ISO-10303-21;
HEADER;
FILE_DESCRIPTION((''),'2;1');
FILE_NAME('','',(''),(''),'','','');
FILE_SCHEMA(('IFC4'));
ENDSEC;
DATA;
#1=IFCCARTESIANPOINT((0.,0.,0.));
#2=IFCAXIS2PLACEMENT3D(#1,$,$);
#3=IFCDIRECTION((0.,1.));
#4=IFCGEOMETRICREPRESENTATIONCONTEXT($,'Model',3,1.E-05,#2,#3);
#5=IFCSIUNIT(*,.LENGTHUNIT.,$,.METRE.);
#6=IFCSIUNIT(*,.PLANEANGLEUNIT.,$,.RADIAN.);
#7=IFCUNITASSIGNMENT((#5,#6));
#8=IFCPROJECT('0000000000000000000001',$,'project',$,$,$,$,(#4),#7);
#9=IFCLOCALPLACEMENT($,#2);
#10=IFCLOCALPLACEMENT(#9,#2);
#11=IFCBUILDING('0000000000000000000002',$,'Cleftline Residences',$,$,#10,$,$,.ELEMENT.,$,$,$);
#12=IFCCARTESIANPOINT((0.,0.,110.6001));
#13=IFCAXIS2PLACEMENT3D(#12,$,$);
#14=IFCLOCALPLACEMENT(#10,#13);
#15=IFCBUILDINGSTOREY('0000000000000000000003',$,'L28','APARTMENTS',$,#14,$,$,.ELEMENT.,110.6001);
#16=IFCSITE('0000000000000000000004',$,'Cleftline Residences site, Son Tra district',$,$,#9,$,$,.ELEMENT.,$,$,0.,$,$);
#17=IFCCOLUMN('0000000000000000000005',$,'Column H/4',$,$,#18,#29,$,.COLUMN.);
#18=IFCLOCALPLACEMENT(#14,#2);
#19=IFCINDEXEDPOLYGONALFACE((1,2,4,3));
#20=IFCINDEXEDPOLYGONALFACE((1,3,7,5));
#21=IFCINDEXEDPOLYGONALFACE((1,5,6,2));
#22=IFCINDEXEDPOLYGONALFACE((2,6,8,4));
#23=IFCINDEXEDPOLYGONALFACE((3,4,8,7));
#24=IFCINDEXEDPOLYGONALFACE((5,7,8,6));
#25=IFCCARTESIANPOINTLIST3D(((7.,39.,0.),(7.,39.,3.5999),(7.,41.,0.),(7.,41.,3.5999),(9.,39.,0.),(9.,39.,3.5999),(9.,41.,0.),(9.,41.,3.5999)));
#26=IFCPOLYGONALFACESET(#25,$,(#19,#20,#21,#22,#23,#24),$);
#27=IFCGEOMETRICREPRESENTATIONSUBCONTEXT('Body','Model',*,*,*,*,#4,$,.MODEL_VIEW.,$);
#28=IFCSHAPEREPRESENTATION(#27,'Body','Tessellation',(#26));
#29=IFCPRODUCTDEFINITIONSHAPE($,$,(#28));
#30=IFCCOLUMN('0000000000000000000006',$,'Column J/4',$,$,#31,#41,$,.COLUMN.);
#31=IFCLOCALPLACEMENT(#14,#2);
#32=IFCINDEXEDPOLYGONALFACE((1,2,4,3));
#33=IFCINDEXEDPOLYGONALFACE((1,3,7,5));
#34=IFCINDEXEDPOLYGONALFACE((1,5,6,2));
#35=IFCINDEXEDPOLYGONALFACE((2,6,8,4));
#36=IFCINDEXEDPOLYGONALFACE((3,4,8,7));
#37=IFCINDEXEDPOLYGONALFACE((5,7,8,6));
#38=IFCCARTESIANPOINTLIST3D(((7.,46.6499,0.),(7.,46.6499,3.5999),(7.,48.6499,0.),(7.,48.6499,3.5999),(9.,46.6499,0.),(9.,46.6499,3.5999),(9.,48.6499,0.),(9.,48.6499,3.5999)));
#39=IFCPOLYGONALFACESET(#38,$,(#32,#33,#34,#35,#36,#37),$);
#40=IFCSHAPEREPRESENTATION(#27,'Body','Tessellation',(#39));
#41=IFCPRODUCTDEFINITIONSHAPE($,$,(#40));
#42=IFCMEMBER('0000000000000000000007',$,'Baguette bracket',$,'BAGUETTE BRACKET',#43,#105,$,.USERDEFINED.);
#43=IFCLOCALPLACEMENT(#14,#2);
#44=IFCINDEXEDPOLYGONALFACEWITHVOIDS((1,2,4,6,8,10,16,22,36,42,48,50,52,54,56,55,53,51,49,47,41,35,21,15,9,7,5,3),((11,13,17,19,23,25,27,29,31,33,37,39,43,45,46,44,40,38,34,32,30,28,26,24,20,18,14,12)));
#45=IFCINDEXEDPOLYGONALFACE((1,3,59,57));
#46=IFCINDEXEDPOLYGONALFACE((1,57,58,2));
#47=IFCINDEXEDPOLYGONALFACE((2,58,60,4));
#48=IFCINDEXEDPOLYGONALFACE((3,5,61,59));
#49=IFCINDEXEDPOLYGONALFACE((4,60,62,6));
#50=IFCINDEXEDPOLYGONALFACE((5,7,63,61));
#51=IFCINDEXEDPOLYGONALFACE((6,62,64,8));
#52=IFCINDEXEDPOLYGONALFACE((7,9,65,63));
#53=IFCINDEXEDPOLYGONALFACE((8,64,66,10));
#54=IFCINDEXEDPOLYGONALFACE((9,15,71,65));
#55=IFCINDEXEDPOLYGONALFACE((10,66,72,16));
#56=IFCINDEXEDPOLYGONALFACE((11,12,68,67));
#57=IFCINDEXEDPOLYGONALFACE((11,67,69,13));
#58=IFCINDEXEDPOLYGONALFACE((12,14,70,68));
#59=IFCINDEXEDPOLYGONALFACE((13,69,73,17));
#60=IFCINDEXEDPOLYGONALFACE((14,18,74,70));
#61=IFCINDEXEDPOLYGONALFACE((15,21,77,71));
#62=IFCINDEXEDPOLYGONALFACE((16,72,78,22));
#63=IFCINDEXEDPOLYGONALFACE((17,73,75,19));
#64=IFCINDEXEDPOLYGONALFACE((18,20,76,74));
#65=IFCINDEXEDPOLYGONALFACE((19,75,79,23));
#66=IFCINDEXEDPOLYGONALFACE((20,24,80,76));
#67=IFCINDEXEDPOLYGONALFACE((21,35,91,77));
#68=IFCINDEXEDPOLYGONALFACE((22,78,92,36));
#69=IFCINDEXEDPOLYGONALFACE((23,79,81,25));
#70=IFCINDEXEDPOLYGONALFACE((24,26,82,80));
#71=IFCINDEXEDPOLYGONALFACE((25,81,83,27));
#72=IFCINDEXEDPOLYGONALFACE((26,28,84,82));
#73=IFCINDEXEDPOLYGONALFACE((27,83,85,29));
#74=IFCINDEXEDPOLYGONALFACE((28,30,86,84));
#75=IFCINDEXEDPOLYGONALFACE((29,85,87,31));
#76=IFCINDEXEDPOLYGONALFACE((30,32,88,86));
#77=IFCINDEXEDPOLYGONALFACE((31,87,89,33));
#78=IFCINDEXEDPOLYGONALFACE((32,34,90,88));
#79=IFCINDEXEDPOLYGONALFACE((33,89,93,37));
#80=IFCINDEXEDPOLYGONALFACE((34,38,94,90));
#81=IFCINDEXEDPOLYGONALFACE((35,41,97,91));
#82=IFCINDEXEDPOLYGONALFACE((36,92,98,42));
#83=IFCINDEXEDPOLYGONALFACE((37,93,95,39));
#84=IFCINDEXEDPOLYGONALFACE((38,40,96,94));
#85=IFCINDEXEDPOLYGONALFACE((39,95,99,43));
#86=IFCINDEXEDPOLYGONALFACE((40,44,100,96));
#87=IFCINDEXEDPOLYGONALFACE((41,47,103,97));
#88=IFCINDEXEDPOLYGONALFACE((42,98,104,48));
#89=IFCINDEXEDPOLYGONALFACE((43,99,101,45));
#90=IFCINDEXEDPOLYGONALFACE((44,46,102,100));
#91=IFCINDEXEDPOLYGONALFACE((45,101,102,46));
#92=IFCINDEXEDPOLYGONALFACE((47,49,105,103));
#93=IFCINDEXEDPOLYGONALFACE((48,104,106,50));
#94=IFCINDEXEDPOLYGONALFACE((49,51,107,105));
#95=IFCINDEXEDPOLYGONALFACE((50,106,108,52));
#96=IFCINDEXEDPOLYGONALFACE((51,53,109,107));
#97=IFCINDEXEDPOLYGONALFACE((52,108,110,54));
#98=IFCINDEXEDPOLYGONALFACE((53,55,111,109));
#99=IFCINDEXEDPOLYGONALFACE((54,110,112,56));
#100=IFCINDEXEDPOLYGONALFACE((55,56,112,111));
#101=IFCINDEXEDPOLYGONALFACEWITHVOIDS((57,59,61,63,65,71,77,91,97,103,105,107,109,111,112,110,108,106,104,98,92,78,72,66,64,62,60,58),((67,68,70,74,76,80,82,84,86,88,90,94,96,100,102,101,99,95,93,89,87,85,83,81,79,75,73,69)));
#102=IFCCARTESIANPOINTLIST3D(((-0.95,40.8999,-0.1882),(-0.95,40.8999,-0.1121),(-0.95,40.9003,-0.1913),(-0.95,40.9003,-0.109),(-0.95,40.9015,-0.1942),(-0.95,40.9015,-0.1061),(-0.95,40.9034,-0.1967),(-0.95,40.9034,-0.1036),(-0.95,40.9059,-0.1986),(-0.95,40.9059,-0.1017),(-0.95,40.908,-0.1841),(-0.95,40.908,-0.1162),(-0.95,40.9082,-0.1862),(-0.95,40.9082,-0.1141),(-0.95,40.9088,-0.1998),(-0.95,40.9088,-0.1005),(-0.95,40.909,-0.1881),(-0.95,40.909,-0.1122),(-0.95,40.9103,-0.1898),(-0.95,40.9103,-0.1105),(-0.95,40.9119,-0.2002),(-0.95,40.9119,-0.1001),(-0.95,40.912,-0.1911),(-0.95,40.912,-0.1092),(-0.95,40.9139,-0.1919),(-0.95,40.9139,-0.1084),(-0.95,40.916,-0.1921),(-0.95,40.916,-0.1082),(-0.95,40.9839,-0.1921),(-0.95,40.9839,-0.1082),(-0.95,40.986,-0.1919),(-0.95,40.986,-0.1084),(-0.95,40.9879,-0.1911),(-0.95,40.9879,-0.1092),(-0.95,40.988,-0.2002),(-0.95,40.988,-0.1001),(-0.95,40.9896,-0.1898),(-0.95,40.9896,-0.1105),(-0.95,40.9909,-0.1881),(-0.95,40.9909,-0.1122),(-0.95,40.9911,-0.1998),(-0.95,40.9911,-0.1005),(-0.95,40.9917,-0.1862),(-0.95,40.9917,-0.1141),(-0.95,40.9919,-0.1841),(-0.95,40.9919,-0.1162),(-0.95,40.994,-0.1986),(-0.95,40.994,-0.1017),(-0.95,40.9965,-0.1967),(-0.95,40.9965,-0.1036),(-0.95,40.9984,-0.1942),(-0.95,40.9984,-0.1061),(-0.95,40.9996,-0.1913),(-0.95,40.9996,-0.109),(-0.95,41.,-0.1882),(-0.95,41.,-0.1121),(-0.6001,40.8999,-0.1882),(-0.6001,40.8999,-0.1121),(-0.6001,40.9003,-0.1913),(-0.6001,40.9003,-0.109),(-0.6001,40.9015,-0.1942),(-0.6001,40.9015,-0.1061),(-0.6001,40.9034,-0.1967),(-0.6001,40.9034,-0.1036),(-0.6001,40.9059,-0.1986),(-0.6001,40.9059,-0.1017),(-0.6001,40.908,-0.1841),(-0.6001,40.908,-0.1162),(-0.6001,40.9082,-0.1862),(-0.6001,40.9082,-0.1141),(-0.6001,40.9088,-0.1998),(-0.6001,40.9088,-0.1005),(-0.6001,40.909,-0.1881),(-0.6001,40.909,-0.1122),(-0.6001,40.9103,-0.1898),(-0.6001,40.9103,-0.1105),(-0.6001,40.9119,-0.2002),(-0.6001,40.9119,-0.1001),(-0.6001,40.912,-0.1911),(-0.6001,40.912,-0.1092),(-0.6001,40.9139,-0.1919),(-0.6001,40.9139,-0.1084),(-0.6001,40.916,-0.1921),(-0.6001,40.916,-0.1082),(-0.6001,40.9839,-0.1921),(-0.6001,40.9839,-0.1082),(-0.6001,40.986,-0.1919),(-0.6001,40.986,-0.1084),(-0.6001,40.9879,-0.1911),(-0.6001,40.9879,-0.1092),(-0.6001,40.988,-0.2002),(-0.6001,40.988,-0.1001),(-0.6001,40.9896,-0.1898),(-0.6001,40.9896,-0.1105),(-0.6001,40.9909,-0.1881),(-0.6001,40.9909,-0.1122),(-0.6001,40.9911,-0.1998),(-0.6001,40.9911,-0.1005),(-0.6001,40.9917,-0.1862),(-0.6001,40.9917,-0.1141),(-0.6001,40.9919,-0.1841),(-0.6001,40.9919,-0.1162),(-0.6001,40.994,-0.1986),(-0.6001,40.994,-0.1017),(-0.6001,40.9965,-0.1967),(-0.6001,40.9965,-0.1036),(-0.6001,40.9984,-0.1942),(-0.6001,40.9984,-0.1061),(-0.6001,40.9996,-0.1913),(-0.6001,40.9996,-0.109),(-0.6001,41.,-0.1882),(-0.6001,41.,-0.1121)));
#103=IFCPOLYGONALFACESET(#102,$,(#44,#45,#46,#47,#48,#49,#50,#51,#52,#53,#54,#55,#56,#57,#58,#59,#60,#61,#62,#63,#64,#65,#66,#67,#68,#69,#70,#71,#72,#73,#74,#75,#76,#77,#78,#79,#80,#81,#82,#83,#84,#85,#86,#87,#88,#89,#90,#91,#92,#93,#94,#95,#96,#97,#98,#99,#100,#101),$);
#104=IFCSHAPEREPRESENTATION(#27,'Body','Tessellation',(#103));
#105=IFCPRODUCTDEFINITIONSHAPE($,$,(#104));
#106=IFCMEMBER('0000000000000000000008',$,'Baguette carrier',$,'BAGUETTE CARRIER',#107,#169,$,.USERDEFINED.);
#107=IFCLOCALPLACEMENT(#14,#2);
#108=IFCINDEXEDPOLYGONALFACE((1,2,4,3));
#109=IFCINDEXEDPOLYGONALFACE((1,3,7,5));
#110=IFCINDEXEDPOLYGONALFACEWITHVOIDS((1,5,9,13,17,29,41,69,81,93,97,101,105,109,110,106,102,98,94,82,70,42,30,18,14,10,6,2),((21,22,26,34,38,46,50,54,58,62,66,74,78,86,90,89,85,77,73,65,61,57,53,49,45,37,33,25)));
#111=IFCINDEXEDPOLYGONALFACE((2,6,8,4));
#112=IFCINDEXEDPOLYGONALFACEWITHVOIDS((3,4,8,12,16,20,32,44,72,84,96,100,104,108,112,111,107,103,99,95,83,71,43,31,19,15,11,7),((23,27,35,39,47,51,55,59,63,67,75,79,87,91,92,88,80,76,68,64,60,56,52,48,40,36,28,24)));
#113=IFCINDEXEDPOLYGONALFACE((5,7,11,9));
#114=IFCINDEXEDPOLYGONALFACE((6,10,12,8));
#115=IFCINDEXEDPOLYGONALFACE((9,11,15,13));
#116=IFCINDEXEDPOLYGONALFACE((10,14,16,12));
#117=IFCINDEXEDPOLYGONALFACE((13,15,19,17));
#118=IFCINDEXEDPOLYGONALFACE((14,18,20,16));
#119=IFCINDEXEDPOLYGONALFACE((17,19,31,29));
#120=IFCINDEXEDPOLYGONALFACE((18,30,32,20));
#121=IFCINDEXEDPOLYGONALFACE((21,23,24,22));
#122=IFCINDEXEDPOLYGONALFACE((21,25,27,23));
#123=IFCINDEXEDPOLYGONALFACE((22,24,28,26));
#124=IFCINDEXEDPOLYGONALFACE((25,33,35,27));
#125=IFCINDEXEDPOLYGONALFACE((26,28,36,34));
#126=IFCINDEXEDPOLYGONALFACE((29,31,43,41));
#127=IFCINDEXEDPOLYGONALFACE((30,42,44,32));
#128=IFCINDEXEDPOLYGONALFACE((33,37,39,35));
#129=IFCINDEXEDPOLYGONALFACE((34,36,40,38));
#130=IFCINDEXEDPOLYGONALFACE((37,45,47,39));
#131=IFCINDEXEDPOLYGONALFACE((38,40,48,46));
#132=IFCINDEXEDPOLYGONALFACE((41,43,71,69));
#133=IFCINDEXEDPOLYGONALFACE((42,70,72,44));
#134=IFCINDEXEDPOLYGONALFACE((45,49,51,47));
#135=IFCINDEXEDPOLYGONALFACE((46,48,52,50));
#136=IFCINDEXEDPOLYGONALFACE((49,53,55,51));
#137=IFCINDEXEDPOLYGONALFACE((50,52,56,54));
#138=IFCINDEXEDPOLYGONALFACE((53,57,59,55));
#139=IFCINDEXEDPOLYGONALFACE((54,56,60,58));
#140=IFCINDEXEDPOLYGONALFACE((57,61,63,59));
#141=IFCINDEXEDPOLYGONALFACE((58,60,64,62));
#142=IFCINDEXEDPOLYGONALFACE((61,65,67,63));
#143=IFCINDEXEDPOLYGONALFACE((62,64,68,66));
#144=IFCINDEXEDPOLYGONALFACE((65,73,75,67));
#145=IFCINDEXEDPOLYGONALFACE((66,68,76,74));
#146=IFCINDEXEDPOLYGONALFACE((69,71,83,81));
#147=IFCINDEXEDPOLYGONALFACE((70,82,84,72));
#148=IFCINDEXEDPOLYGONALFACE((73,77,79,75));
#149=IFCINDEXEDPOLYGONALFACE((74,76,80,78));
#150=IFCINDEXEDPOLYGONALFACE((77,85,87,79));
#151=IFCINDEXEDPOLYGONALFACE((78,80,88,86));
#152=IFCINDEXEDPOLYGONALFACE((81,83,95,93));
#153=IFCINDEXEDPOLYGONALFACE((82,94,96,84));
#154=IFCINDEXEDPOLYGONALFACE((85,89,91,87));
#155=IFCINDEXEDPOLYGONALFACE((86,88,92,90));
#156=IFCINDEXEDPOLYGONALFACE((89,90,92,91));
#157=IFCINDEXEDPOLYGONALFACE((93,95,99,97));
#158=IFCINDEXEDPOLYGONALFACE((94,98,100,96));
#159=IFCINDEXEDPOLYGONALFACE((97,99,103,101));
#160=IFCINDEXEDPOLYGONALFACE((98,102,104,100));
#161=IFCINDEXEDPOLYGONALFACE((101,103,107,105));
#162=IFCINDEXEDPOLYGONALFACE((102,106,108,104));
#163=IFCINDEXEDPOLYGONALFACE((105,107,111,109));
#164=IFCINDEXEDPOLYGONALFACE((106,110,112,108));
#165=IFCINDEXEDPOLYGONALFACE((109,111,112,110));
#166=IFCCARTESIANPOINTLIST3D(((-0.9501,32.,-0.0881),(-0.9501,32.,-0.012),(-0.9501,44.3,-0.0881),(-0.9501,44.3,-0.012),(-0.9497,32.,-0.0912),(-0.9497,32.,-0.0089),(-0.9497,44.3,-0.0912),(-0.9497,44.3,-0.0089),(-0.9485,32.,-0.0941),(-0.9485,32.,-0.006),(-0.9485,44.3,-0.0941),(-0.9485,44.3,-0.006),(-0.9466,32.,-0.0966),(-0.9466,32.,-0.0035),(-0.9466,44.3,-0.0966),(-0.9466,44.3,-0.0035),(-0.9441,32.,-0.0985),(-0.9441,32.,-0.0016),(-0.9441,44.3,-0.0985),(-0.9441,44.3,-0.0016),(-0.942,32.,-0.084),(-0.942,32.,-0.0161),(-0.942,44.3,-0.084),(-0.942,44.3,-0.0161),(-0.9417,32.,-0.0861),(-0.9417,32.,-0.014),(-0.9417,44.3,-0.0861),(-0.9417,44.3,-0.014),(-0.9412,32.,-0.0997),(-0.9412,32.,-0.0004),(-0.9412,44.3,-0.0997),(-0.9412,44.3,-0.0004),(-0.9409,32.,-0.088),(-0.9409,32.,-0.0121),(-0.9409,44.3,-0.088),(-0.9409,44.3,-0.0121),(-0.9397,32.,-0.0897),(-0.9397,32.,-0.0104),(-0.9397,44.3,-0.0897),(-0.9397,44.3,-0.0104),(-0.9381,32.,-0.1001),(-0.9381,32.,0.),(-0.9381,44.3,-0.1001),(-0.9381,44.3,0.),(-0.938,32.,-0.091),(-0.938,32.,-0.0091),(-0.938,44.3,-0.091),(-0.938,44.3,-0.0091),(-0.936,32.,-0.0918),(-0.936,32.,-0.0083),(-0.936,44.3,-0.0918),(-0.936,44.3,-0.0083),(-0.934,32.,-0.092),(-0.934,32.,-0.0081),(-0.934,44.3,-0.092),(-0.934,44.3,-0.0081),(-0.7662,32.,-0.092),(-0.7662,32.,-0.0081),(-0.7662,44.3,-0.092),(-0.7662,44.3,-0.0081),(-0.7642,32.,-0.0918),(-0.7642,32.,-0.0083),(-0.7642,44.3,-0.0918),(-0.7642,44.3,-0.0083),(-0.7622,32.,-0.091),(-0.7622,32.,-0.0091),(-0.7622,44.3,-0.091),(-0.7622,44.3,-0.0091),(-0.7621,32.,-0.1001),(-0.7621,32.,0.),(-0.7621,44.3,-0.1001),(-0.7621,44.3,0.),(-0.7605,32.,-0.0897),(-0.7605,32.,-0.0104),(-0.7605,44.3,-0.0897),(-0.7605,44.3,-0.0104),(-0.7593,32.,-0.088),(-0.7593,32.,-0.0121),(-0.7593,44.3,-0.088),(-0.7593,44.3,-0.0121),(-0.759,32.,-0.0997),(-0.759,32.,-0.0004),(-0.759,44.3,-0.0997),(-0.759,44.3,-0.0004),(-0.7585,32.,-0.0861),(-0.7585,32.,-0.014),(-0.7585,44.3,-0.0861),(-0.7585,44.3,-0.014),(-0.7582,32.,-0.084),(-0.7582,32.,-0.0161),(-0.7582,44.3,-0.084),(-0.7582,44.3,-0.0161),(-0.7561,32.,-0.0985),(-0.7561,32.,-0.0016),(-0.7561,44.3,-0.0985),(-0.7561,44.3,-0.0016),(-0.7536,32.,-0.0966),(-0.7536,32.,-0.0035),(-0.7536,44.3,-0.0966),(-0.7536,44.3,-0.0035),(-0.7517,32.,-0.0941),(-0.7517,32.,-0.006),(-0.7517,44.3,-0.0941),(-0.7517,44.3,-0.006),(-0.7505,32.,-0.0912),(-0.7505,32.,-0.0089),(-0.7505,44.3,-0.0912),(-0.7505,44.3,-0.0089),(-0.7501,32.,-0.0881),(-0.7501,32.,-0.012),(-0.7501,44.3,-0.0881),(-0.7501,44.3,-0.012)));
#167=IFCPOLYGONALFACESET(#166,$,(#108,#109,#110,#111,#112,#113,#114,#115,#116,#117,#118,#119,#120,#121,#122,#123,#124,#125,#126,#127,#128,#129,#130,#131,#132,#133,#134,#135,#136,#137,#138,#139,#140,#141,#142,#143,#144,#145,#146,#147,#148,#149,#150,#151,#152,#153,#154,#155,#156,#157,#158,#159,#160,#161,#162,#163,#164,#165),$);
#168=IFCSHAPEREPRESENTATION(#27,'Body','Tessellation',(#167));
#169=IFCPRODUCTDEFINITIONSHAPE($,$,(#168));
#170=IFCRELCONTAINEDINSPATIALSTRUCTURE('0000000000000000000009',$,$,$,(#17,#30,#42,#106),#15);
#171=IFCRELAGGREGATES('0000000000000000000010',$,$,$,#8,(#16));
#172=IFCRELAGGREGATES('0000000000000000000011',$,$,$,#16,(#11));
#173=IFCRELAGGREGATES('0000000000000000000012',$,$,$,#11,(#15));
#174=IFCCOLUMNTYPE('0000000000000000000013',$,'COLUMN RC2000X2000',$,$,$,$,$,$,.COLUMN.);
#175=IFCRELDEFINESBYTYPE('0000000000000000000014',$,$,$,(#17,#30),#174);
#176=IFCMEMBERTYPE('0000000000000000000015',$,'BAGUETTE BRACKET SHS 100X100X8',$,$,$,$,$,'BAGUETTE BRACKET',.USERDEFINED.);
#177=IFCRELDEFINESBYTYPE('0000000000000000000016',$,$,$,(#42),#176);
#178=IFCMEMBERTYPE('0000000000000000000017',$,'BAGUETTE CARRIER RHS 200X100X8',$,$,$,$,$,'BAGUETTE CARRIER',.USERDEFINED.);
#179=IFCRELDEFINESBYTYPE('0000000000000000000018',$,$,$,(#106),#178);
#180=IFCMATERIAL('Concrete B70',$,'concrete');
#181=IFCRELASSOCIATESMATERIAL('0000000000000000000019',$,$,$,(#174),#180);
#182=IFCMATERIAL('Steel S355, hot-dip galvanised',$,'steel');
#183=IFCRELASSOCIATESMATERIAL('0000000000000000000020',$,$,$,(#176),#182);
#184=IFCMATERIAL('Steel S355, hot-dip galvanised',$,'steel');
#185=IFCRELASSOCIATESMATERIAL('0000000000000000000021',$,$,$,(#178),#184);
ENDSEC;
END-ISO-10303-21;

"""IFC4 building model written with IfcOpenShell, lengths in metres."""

from ifc_helpers import new_model, si_unit, direction, frame, origin, origin_2d, place, context, subcontext, project, spatial, rectangle, hollow_rectangle, extrude, material, material_profile, profile_set, type_object, element, save


model = new_model("IFC4")

# Units and contexts
model_context = context("Model", 3, precision=1e-05, world=origin(), true_north=direction((0.0, 1.0)))
body_context = subcontext(model_context, "Body", "Model", "MODEL_VIEW")
ifc_project = project(units=[si_unit("LENGTHUNIT", "METRE"), si_unit("PLANEANGLEUNIT", "RADIAN")], contexts=[model_context])

# Site, building, storey
site_placement = place(None, origin())
site = spatial("IfcSite", under=ifc_project, at=site_placement, Name="Cleftline Residences site, Son Tra district", CompositionType="ELEMENT", RefElevation=0.0)
building_placement = place(site_placement, origin())
building = spatial("IfcBuilding", under=site, at=building_placement, Name="Cleftline Residences", CompositionType="ELEMENT")
storey_placement = place(building_placement, frame((0.0, 0.0, 110.6001)))
storey = spatial("IfcBuildingStorey", under=building, at=storey_placement, Name="L28", Description="APARTMENTS", CompositionType="ELEMENT", Elevation=110.6001)

# Columns
ifc_material_1 = material(Name="Concrete B70", Category="concrete")
ifc_material_profile_1 = material_profile(ifc_material_1, rectangle(XDim=2.0, YDim=2.0, at=origin_2d()))
ifc_profile_set_1 = profile_set([ifc_material_profile_1], Name="Concrete B70")
column_type = type_object("IfcColumnType", Name="COLUMN RC2000X2000", PredefinedType="COLUMN", material=ifc_profile_set_1)
for number, where, z_axis, x_axis, name in (
    (1, (8.0, 40.0, 0.0), (0.0, 0.0, 1.0), (1.0, 0.0, 0.0), "Column H/4"),
    (2, (8.0, 47.6499, 0.0), (0.0, 0.0, 1.0), (1.0, 0.0, 0.0), "Column J/4"),
):
    element("IfcColumn", number, at=place(storey_placement, frame(where, z_axis=z_axis, x_axis=x_axis)), inside=storey, type_object=column_type, Name=name, PredefinedType="COLUMN", context=body_context, shape_type="SweptSolid", body=[
        extrude(rectangle(XDim=2.0, YDim=2.0, at=origin_2d()), origin(), (0.0, 0.0, 1.0), 3.5999),
    ])

# Members
ifc_material_2 = material(Name="Steel S355, hot-dip galvanised", Category="steel")
ifc_material_profile_2 = material_profile(ifc_material_2, hollow_rectangle(XDim=0.1001, YDim=0.1001, WallThickness=0.0081, InnerFilletRadius=0.0081, OuterFilletRadius=0.012, at=origin_2d()))
ifc_profile_set_2 = profile_set([ifc_material_profile_2], Name="Steel S355, hot-dip galvanised")
member_type_1 = type_object("IfcMemberType", Name="BAGUETTE BRACKET SHS 100X100X8", ElementType="BAGUETTE BRACKET", PredefinedType="USERDEFINED", material=ifc_profile_set_2)
member_1_placement = place(storey_placement, frame((-0.6001, 40.95, -0.1501), z_axis=(-1.0, 0.0, 0.0), x_axis=(0.0, -1.0, 0.0)))
element("IfcMember", 3, at=member_1_placement, inside=storey, type_object=member_type_1, Name="Baguette bracket", ObjectType="BAGUETTE BRACKET", PredefinedType="USERDEFINED", context=body_context, shape_type="SweptSolid", body=[
    extrude(hollow_rectangle(XDim=0.1001, YDim=0.1001, WallThickness=0.0081, InnerFilletRadius=0.0081, OuterFilletRadius=0.012, at=origin_2d()), origin(), (0.0, 0.0, 1.0), 0.3499),
])
ifc_material_3 = material(Name="Steel S355, hot-dip galvanised", Category="steel")
ifc_material_profile_3 = material_profile(ifc_material_3, hollow_rectangle(XDim=0.1001, YDim=0.2, WallThickness=0.0081, InnerFilletRadius=0.0081, OuterFilletRadius=0.012, at=origin_2d()))
ifc_profile_set_3 = profile_set([ifc_material_profile_3], Name="Steel S355, hot-dip galvanised")
member_type_2 = type_object("IfcMemberType", Name="BAGUETTE CARRIER RHS 200X100X8", ElementType="BAGUETTE CARRIER", PredefinedType="USERDEFINED", material=ifc_profile_set_3)
member_2_placement = place(storey_placement, frame((-0.8501, 44.3, -0.05), z_axis=(0.0, -1.0, 0.0), x_axis=(0.0, 0.0, 1.0)))
element("IfcMember", 4, at=member_2_placement, inside=storey, type_object=member_type_2, Name="Baguette carrier", ObjectType="BAGUETTE CARRIER", PredefinedType="USERDEFINED", context=body_context, shape_type="SweptSolid", body=[
    extrude(hollow_rectangle(XDim=0.1001, YDim=0.2, WallThickness=0.0081, InnerFilletRadius=0.0081, OuterFilletRadius=0.012, at=origin_2d()), origin(), (0.0, 0.0, 1.0), 12.3),
])

save(model, "model.ifc")
